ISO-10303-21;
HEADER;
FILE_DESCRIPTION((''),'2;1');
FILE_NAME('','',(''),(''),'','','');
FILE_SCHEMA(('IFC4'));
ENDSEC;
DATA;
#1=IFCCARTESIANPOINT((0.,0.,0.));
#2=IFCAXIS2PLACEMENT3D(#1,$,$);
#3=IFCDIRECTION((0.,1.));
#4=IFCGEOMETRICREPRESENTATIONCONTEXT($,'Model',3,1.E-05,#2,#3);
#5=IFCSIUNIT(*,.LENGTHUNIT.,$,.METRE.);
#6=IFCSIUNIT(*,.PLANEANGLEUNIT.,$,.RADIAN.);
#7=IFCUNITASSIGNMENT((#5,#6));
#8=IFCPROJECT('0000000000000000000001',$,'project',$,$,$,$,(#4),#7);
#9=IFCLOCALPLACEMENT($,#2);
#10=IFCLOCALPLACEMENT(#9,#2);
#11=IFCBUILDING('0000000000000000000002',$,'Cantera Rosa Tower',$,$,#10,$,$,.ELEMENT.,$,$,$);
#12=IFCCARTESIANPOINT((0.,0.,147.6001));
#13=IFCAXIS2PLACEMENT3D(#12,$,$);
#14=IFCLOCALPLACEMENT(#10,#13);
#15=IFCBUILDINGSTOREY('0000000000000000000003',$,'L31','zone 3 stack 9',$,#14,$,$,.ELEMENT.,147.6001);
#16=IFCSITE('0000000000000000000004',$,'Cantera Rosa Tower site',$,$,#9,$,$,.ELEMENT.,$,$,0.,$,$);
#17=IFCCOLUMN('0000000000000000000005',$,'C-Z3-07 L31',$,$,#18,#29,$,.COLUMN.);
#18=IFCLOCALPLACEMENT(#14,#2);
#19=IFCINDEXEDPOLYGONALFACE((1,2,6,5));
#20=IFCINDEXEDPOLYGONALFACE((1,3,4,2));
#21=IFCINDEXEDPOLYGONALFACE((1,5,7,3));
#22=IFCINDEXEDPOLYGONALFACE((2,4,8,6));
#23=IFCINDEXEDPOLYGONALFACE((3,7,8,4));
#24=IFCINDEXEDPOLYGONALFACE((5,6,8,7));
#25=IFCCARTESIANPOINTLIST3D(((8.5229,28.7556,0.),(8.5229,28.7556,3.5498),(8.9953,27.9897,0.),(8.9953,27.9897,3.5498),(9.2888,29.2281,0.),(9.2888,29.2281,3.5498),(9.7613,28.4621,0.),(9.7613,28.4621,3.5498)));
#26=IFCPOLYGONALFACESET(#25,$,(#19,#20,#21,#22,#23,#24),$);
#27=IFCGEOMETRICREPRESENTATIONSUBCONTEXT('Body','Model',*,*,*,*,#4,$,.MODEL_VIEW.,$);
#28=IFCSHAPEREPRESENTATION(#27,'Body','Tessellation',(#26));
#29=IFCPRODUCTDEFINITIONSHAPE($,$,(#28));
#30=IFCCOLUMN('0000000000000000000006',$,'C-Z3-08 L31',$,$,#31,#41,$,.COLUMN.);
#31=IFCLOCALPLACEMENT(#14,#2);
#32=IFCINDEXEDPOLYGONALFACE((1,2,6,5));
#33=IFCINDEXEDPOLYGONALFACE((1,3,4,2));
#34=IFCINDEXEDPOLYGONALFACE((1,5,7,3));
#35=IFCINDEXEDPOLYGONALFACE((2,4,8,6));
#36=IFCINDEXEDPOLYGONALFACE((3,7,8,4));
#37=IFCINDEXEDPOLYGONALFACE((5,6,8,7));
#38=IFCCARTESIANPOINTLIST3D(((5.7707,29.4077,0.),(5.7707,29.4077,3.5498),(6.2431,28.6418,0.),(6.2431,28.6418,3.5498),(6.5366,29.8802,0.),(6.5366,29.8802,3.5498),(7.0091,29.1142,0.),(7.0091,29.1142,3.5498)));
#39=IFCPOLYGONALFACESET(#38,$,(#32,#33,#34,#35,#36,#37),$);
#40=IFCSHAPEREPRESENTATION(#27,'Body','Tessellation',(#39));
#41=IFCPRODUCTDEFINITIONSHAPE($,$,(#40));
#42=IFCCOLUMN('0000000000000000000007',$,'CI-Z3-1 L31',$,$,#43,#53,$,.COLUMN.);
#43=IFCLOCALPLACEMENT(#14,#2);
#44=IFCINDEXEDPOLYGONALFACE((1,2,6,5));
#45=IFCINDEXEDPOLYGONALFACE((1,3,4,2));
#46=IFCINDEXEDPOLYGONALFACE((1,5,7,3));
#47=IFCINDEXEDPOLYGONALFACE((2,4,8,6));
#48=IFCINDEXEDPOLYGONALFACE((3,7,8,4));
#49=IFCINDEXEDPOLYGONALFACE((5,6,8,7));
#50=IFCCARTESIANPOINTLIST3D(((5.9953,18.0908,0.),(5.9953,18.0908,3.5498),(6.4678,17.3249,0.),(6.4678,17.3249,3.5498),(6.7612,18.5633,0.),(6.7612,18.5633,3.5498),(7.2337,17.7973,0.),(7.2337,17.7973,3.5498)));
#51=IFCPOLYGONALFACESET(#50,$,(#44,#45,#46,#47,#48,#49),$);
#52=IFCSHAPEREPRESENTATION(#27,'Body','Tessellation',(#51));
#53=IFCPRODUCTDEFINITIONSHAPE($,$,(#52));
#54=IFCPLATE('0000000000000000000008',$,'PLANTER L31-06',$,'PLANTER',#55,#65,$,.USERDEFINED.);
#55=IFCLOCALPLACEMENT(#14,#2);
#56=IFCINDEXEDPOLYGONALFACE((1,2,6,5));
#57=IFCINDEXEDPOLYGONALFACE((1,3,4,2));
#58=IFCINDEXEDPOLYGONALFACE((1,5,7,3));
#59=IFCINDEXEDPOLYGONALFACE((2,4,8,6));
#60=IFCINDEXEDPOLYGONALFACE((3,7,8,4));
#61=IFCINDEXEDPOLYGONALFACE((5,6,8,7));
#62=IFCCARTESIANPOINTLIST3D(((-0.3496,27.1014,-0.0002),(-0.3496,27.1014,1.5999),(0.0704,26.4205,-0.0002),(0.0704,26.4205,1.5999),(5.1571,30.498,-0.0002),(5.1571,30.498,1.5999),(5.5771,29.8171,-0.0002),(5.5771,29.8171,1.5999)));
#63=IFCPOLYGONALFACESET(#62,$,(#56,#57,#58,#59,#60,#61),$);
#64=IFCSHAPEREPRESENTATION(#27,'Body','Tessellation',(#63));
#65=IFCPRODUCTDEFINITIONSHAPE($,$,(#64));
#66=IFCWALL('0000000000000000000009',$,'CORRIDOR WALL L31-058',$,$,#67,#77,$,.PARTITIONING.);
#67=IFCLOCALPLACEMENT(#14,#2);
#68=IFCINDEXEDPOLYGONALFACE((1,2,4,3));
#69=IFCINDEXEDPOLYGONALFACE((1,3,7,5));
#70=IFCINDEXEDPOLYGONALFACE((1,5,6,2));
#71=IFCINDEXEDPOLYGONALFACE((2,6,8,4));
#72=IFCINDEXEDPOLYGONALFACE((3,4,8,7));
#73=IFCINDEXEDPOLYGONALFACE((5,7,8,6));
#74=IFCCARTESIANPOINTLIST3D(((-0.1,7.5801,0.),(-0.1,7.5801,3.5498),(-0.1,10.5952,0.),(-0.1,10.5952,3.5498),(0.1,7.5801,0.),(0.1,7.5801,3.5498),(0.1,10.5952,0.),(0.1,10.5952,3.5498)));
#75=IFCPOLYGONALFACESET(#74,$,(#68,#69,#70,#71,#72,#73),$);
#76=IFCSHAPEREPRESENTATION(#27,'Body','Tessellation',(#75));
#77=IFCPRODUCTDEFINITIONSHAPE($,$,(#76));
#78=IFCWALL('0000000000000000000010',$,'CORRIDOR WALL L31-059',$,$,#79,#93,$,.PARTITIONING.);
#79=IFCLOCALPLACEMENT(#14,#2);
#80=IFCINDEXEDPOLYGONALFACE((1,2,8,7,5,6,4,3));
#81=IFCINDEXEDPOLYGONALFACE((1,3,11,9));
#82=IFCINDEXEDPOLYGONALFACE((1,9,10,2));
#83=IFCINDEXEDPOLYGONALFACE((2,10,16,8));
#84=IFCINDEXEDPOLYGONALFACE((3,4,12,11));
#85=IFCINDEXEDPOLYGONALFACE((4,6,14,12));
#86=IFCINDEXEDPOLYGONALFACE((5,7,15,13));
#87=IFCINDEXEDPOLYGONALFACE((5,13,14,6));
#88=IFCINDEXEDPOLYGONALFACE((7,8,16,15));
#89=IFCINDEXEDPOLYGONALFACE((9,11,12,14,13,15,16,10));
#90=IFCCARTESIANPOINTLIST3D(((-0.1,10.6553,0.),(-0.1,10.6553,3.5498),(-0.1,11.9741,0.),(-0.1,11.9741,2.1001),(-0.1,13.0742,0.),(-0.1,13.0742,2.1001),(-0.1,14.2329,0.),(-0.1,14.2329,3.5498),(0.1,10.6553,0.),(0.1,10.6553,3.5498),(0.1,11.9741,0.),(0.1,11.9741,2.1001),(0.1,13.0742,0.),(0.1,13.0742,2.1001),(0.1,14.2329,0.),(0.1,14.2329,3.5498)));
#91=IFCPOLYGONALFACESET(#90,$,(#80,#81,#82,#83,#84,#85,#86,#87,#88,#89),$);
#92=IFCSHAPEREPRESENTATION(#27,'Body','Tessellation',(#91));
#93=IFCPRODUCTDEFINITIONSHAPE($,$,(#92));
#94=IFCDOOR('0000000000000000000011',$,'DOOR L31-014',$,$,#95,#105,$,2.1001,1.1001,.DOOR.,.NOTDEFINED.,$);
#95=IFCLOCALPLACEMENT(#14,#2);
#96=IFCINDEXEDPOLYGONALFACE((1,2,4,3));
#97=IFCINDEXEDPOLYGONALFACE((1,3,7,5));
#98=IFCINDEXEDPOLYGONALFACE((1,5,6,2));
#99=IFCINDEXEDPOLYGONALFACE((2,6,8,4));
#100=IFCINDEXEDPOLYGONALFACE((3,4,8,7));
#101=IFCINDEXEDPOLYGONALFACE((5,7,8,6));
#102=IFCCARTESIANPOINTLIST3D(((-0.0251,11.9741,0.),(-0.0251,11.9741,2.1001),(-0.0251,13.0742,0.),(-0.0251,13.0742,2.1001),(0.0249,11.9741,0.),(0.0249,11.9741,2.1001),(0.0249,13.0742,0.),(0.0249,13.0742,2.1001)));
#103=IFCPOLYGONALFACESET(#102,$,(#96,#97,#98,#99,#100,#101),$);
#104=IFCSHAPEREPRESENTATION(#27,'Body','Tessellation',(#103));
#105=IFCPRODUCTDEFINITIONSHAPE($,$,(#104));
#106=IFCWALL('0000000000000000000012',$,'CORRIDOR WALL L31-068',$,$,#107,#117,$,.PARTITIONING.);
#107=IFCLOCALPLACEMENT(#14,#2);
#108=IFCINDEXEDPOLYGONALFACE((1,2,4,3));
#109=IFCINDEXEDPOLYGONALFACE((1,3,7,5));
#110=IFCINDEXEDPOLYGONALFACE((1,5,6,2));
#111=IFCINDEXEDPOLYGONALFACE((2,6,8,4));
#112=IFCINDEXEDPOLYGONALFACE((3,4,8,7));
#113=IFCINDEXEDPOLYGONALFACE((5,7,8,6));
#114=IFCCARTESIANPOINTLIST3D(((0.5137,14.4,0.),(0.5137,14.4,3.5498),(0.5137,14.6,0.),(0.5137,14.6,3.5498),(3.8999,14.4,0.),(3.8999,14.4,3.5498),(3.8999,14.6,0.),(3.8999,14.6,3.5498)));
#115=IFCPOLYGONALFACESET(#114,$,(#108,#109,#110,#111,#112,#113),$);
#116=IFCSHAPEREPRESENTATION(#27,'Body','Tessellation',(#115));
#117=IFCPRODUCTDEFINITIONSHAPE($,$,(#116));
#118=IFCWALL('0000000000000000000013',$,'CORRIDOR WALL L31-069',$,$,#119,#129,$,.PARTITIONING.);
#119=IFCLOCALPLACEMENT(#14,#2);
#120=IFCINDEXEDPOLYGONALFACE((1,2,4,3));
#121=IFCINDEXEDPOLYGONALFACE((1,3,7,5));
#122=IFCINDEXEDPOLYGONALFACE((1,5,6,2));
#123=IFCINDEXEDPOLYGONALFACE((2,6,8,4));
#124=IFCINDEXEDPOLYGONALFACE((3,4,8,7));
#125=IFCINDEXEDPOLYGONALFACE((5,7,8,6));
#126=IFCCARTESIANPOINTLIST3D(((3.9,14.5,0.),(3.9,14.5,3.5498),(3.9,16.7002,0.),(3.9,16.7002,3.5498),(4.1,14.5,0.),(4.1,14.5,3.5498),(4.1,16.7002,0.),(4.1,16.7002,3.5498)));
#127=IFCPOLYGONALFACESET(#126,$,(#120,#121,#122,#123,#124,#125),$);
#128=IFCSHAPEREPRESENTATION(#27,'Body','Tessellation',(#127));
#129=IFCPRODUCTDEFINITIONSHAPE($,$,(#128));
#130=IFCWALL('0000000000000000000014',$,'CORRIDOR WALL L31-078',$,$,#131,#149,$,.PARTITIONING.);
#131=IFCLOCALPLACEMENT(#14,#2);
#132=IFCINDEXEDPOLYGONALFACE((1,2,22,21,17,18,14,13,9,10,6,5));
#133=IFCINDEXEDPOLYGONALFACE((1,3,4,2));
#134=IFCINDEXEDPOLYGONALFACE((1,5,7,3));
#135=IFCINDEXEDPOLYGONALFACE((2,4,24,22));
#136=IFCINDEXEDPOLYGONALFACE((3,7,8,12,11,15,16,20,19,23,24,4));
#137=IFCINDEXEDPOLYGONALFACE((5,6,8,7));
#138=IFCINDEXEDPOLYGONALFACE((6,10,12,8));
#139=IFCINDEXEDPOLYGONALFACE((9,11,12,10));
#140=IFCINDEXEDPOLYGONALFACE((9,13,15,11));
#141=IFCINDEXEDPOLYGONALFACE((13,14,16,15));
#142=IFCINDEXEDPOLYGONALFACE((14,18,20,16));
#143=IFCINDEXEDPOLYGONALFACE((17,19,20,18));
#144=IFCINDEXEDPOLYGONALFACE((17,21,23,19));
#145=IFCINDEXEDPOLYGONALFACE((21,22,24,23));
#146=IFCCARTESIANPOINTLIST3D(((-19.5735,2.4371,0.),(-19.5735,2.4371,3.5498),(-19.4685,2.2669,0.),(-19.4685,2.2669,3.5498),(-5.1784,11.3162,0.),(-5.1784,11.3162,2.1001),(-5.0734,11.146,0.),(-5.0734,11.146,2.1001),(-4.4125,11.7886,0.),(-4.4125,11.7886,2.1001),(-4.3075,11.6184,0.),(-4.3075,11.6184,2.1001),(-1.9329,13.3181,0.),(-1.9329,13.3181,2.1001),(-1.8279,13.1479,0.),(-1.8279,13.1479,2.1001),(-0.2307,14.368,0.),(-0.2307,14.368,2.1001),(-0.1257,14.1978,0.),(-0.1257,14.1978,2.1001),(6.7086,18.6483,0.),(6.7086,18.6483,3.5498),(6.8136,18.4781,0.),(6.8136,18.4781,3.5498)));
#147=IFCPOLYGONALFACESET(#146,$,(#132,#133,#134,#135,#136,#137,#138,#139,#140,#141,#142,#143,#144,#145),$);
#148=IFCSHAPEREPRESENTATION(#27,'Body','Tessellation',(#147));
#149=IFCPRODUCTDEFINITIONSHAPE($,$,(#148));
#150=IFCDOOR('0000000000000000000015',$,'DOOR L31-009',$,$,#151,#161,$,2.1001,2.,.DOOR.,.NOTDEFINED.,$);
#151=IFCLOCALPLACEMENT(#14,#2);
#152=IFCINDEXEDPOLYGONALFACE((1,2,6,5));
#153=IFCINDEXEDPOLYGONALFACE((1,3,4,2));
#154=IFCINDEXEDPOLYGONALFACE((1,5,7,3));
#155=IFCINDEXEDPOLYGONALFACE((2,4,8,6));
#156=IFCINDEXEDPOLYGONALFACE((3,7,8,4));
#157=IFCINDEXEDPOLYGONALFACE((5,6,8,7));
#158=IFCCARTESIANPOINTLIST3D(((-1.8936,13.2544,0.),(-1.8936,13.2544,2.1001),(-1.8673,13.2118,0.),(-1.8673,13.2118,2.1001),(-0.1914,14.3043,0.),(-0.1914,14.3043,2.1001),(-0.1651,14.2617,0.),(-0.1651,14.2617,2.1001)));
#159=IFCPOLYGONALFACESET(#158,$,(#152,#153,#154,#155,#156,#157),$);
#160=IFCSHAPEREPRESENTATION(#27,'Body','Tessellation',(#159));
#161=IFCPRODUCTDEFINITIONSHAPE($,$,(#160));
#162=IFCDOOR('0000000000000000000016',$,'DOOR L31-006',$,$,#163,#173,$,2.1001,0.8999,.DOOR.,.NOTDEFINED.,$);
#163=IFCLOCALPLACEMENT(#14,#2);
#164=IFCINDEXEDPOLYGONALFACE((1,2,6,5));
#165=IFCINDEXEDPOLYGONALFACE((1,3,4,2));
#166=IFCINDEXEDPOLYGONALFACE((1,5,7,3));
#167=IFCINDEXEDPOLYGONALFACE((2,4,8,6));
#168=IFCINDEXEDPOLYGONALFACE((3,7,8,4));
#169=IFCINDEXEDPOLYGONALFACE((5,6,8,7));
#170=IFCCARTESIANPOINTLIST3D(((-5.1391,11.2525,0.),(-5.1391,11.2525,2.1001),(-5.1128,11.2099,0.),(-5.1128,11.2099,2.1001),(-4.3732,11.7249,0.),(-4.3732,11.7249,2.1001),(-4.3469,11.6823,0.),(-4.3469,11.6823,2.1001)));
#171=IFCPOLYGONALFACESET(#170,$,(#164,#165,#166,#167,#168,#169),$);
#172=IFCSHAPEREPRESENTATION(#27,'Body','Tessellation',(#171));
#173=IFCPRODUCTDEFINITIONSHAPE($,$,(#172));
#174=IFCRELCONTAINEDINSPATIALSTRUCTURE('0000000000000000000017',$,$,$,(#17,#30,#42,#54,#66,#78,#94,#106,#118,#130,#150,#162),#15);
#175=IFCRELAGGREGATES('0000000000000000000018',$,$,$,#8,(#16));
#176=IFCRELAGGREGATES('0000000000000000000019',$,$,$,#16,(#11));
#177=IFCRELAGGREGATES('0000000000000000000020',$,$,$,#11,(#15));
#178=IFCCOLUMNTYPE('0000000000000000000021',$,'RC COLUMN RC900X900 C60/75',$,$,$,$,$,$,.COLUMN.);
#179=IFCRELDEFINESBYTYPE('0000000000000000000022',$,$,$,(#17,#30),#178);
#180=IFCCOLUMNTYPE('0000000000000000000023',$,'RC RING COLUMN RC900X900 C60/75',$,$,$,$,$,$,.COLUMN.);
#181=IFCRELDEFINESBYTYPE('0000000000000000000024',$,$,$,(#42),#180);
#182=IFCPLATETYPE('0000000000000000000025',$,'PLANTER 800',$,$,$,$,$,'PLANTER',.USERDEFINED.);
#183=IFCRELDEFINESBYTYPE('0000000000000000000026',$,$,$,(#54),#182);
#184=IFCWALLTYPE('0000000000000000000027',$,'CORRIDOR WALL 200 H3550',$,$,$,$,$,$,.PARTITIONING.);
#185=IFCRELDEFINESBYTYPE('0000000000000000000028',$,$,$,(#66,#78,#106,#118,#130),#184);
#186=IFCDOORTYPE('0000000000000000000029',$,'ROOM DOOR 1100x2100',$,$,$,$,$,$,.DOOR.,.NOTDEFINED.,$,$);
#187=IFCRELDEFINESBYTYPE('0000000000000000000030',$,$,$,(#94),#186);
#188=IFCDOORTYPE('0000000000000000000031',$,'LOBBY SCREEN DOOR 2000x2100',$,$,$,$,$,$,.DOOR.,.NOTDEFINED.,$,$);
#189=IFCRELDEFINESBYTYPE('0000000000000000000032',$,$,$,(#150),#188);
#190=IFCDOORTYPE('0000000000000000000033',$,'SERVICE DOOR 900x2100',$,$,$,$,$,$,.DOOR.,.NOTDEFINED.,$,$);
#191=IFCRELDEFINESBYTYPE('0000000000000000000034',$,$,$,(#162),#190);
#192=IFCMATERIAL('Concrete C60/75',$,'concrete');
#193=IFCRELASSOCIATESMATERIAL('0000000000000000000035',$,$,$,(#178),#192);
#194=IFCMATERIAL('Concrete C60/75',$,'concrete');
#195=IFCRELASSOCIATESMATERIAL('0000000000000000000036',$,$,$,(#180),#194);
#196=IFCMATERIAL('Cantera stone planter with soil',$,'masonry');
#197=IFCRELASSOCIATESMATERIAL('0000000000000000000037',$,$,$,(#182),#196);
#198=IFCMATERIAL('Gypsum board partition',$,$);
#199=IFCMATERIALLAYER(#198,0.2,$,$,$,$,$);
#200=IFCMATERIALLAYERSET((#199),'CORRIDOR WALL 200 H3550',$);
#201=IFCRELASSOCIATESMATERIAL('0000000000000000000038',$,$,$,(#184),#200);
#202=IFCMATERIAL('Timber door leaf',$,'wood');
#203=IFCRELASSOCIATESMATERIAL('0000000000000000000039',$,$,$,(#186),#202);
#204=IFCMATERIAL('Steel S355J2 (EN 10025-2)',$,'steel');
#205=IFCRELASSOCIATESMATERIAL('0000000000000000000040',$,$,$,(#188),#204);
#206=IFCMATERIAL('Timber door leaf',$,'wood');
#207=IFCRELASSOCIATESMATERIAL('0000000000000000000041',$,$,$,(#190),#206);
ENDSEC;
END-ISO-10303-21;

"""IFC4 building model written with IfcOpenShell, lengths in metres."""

from ifc_helpers import new_model, si_unit, direction, frame, frame_2d, origin, origin_2d, place, context, subcontext, project, spatial, rectangle, extrude, material, layer, layer_set, material_profile, profile_set, type_object, element, fill, save


model = new_model("IFC4")

# Units and contexts
model_context = context("Model", 3, precision=1e-05, world=origin(), true_north=direction((0.0, 1.0)))
body_context = subcontext(model_context, "Body", "Model", "MODEL_VIEW")
ifc_project = project(units=[si_unit("LENGTHUNIT", "METRE"), si_unit("PLANEANGLEUNIT", "RADIAN")], contexts=[model_context])

# Site, building, storey
site_placement = place(None, origin())
site = spatial("IfcSite", under=ifc_project, at=site_placement, Name="Cantera Rosa Tower site", CompositionType="ELEMENT", RefElevation=0.0)
building_placement = place(site_placement, origin())
building = spatial("IfcBuilding", under=site, at=building_placement, Name="Cantera Rosa Tower", CompositionType="ELEMENT")
storey_placement = place(building_placement, frame((0.0, 0.0, 147.6001)))
storey = spatial("IfcBuildingStorey", under=building, at=storey_placement, Name="L31", Description="zone 3 stack 9", CompositionType="ELEMENT", Elevation=147.6001)

# Columns
ifc_material_1 = material(Name="Concrete C60/75", Category="concrete")
ifc_material_profile_1 = material_profile(ifc_material_1, rectangle(XDim=0.8999, YDim=0.8999, at=origin_2d()), Name="RC COLUMN RC900X900 C60/75")
ifc_profile_set_1 = profile_set([ifc_material_profile_1], Name="Concrete C60/75")
column_type_1 = type_object("IfcColumnType", Name="RC COLUMN RC900X900 C60/75", PredefinedType="COLUMN", material=ifc_profile_set_1)
for number, where, z_axis, x_axis, name in (
    (1, (9.1421, 28.6089, 0.0), (0.0, 0.0, 1.0), (0.851117, 0.524977, 0.0), "C-Z3-07 L31"),
    (2, (6.3899, 29.261, 0.0), (0.0, 0.0, 1.0), (0.851117, 0.524977, 0.0), "C-Z3-08 L31"),
):
    element("IfcColumn", number, at=place(storey_placement, frame(where, z_axis=z_axis, x_axis=x_axis)), inside=storey, type_object=column_type_1, Name=name, PredefinedType="COLUMN", context=body_context, shape_type="SweptSolid", body=[
        extrude(rectangle(XDim=0.8999, YDim=0.8999, at=origin_2d()), origin(), (0.0, 0.0, 1.0), 3.5498),
    ])
ifc_material_2 = material(Name="Concrete C60/75", Category="concrete")
ifc_material_profile_2 = material_profile(ifc_material_2, rectangle(XDim=0.8999, YDim=0.8999, at=origin_2d()), Name="RC RING COLUMN RC900X900 C60/75")
ifc_profile_set_2 = profile_set([ifc_material_profile_2], Name="Concrete C60/75")
column_type_2 = type_object("IfcColumnType", Name="RC RING COLUMN RC900X900 C60/75", PredefinedType="COLUMN", material=ifc_profile_set_2)
column_placement = place(storey_placement, frame((6.6145, 17.9441, 0.0), z_axis=(0.0, 0.0, 1.0), x_axis=(0.851117, 0.524977, 0.0)))
element("IfcColumn", 3, at=column_placement, inside=storey, type_object=column_type_2, Name="CI-Z3-1 L31", PredefinedType="COLUMN", context=body_context, shape_type="SweptSolid", body=[
    extrude(rectangle(XDim=0.8999, YDim=0.8999, at=origin_2d()), origin(), (0.0, 0.0, 1.0), 3.5498),
])

# Plate
ifc_material_3 = material(Name="Cantera stone planter with soil", Category="masonry")
plate_type = type_object("IfcPlateType", Name="PLANTER 800", ElementType="PLANTER", PredefinedType="USERDEFINED", material=ifc_material_3)
plate_placement = place(storey_placement, frame((2.6138, 28.4592, -0.0002), z_axis=(0.0, 0.0, 1.0), x_axis=(-0.851117, -0.524977, 0.0)))
element("IfcPlate", 4, at=plate_placement, inside=storey, type_object=plate_type, Name="PLANTER L31-06", ObjectType="PLANTER", PredefinedType="USERDEFINED", context=body_context, shape_type="SweptSolid", body=[
    extrude(rectangle(XDim=6.47, YDim=0.8, at=origin_2d()), origin(), (0.0, 0.0, 1.0), 1.6001),
])

# Wall
ifc_material_4 = material(Name="Gypsum board partition")
ifc_layer_1 = layer(ifc_material_4, 0.2)
ifc_layer_set_1 = layer_set([ifc_layer_1], Name="CORRIDOR WALL 200 H3550")
wall_type_1 = type_object("IfcWallType", Name="CORRIDOR WALL 200 H3550", PredefinedType="PARTITIONING", material=ifc_layer_set_1)
wall_1_placement = place(storey_placement, frame((0.0, 10.5952, 0.0), z_axis=(0.0, 0.0, 1.0), x_axis=(0.0, -1.0, 0.0)))
element("IfcWall", 5, at=wall_1_placement, inside=storey, type_object=wall_type_1, Name="CORRIDOR WALL L31-058", PredefinedType="PARTITIONING", context=body_context, shape_type="SweptSolid", body=[
    extrude(rectangle(XDim=3.0151, YDim=0.2, at=frame_2d((1.5076, 0.0))), origin(), (0.0, 0.0, 1.0), 3.5498),
])

# Wall, opening, door
wall_2_placement = place(storey_placement, frame((0.0, 14.2329, 0.0), z_axis=(0.0, 0.0, 1.0), x_axis=(0.0, -1.0, 0.0)))
wall_2 = element("IfcWall", 6, at=wall_2_placement, inside=storey, type_object=wall_type_1, Name="CORRIDOR WALL L31-059", PredefinedType="PARTITIONING", context=body_context, shape_type="SweptSolid", body=[
    extrude(rectangle(XDim=3.5776, YDim=0.2, at=frame_2d((1.7888, 0.0))), origin(), (0.0, 0.0, 1.0), 3.5498),
])
opening_1_placement = place(wall_2_placement, frame((1.1587, 0.0, 0.0)))
opening_1 = element("IfcOpeningElement", 7, at=opening_1_placement, cuts=wall_2, PredefinedType="OPENING", context=body_context, shape_type="SweptSolid", body=[
    extrude(rectangle(XDim=1.1001, YDim=2.1001, at=frame_2d((0.55, 1.05))), frame((0.0, 0.1099, 0.0), z_axis=(0.0, -1.0, 0.0), x_axis=(1.0, 0.0, 0.0)), (0.0, 0.0, 1.0), 0.22),
])
ifc_material_5 = material(Name="Timber door leaf", Category="wood")
door_type_1 = type_object("IfcDoorType", Name="ROOM DOOR 1100x2100", OperationType="NOTDEFINED", PredefinedType="DOOR", material=ifc_material_5)
door_1_placement = place(opening_1_placement, origin())
door_1 = element("IfcDoor", 8, at=door_1_placement, inside=storey, type_object=door_type_1, Name="DOOR L31-014", OperationType="NOTDEFINED", OverallHeight=2.1001, OverallWidth=1.1001, PredefinedType="DOOR", context=body_context, shape_type="SweptSolid", body=[
    extrude(rectangle(XDim=1.1001, YDim=2.1001, at=frame_2d((0.55, 1.05))), frame((0.0, 0.0249, 0.0), z_axis=(0.0, -1.0, 0.0), x_axis=(1.0, 0.0, 0.0)), (0.0, 0.0, 1.0), 0.05),
])
fill(opening_1, door_1)

# Walls
wall_3_placement = place(storey_placement, frame((3.8999, 14.5, 0.0), z_axis=(0.0, 0.0, 1.0), x_axis=(-1.0, 0.0, 0.0)))
element("IfcWall", 9, at=wall_3_placement, inside=storey, type_object=wall_type_1, Name="CORRIDOR WALL L31-068", PredefinedType="PARTITIONING", context=body_context, shape_type="SweptSolid", body=[
    extrude(rectangle(XDim=3.3862, YDim=0.2, at=frame_2d((1.6931, 0.0))), origin(), (0.0, 0.0, 1.0), 3.5498),
])
wall_4_placement = place(storey_placement, frame((4.0, 14.5, 0.0), z_axis=(0.0, 0.0, 1.0), x_axis=(0.0, 1.0, 0.0)))
element("IfcWall", 10, at=wall_4_placement, inside=storey, type_object=wall_type_1, Name="CORRIDOR WALL L31-069", PredefinedType="PARTITIONING", context=body_context, shape_type="SweptSolid", body=[
    extrude(rectangle(XDim=2.2002, YDim=0.2, at=frame_2d((1.1001, 0.0))), origin(), (0.0, 0.0, 1.0), 3.5498),
])

# Wall, openings, doors
wall_5_placement = place(storey_placement, frame((6.7612, 18.5632, 0.0), z_axis=(0.0, 0.0, 1.0), x_axis=(-0.851116, -0.524978, 0.0)))
wall_5 = element("IfcWall", 11, at=wall_5_placement, inside=storey, type_object=wall_type_1, Name="CORRIDOR WALL L31-078", PredefinedType="PARTITIONING", context=body_context, shape_type="SweptSolid", body=[
    extrude(rectangle(XDim=30.8796, YDim=0.2, at=frame_2d((15.4399, 0.0))), origin(), (0.0, 0.0, 1.0), 3.5498),
])
opening_2_placement = place(wall_5_placement, frame((13.0667, 0.0, 0.0)))
opening_2 = element("IfcOpeningElement", 12, at=opening_2_placement, cuts=wall_5, PredefinedType="OPENING", context=body_context, shape_type="SweptSolid", body=[
    extrude(rectangle(XDim=0.8999, YDim=2.1001, at=frame_2d((0.45, 1.05))), frame((0.0, 0.1099, 0.0), z_axis=(0.0, -1.0, 0.0), x_axis=(1.0, 0.0, 0.0)), (0.0, 0.0, 1.0), 0.22),
])
opening_3_placement = place(wall_5_placement, frame((8.1533, 0.0, 0.0)))
opening_3 = element("IfcOpeningElement", 13, at=opening_3_placement, cuts=wall_5, PredefinedType="OPENING", context=body_context, shape_type="SweptSolid", body=[
    extrude(rectangle(XDim=2.0, YDim=2.1001, at=frame_2d((1.0, 1.05))), frame((0.0, 0.1099, 0.0), z_axis=(0.0, -1.0, 0.0), x_axis=(1.0, 0.0, 0.0)), (0.0, 0.0, 1.0), 0.22),
])
ifc_material_6 = material(Name="Steel S355J2 (EN 10025-2)", Category="steel")
door_type_2 = type_object("IfcDoorType", Name="LOBBY SCREEN DOOR 2000x2100", OperationType="NOTDEFINED", PredefinedType="DOOR", material=ifc_material_6)
door_2_placement = place(opening_3_placement, origin())
door_2 = element("IfcDoor", 14, at=door_2_placement, inside=storey, type_object=door_type_2, Name="DOOR L31-009", OperationType="NOTDEFINED", OverallHeight=2.1001, OverallWidth=2.0, PredefinedType="DOOR", context=body_context, shape_type="SweptSolid", body=[
    extrude(rectangle(XDim=2.0, YDim=2.1001, at=frame_2d((1.0, 1.05))), frame((0.0, 0.0249, 0.0), z_axis=(0.0, -1.0, 0.0), x_axis=(1.0, 0.0, 0.0)), (0.0, 0.0, 1.0), 0.05),
])
fill(opening_3, door_2)
ifc_material_7 = material(Name="Timber door leaf", Category="wood")
door_type_3 = type_object("IfcDoorType", Name="SERVICE DOOR 900x2100", OperationType="NOTDEFINED", PredefinedType="DOOR", material=ifc_material_7)
door_3_placement = place(opening_2_placement, origin())
door_3 = element("IfcDoor", 15, at=door_3_placement, inside=storey, type_object=door_type_3, Name="DOOR L31-006", OperationType="NOTDEFINED", OverallHeight=2.1001, OverallWidth=0.8999, PredefinedType="DOOR", context=body_context, shape_type="SweptSolid", body=[
    extrude(rectangle(XDim=0.8999, YDim=2.1001, at=frame_2d((0.45, 1.05))), frame((0.0, 0.0249, 0.0), z_axis=(0.0, -1.0, 0.0), x_axis=(1.0, 0.0, 0.0)), (0.0, 0.0, 1.0), 0.05),
])
fill(opening_2, door_3)

save(model, "model.ifc")
